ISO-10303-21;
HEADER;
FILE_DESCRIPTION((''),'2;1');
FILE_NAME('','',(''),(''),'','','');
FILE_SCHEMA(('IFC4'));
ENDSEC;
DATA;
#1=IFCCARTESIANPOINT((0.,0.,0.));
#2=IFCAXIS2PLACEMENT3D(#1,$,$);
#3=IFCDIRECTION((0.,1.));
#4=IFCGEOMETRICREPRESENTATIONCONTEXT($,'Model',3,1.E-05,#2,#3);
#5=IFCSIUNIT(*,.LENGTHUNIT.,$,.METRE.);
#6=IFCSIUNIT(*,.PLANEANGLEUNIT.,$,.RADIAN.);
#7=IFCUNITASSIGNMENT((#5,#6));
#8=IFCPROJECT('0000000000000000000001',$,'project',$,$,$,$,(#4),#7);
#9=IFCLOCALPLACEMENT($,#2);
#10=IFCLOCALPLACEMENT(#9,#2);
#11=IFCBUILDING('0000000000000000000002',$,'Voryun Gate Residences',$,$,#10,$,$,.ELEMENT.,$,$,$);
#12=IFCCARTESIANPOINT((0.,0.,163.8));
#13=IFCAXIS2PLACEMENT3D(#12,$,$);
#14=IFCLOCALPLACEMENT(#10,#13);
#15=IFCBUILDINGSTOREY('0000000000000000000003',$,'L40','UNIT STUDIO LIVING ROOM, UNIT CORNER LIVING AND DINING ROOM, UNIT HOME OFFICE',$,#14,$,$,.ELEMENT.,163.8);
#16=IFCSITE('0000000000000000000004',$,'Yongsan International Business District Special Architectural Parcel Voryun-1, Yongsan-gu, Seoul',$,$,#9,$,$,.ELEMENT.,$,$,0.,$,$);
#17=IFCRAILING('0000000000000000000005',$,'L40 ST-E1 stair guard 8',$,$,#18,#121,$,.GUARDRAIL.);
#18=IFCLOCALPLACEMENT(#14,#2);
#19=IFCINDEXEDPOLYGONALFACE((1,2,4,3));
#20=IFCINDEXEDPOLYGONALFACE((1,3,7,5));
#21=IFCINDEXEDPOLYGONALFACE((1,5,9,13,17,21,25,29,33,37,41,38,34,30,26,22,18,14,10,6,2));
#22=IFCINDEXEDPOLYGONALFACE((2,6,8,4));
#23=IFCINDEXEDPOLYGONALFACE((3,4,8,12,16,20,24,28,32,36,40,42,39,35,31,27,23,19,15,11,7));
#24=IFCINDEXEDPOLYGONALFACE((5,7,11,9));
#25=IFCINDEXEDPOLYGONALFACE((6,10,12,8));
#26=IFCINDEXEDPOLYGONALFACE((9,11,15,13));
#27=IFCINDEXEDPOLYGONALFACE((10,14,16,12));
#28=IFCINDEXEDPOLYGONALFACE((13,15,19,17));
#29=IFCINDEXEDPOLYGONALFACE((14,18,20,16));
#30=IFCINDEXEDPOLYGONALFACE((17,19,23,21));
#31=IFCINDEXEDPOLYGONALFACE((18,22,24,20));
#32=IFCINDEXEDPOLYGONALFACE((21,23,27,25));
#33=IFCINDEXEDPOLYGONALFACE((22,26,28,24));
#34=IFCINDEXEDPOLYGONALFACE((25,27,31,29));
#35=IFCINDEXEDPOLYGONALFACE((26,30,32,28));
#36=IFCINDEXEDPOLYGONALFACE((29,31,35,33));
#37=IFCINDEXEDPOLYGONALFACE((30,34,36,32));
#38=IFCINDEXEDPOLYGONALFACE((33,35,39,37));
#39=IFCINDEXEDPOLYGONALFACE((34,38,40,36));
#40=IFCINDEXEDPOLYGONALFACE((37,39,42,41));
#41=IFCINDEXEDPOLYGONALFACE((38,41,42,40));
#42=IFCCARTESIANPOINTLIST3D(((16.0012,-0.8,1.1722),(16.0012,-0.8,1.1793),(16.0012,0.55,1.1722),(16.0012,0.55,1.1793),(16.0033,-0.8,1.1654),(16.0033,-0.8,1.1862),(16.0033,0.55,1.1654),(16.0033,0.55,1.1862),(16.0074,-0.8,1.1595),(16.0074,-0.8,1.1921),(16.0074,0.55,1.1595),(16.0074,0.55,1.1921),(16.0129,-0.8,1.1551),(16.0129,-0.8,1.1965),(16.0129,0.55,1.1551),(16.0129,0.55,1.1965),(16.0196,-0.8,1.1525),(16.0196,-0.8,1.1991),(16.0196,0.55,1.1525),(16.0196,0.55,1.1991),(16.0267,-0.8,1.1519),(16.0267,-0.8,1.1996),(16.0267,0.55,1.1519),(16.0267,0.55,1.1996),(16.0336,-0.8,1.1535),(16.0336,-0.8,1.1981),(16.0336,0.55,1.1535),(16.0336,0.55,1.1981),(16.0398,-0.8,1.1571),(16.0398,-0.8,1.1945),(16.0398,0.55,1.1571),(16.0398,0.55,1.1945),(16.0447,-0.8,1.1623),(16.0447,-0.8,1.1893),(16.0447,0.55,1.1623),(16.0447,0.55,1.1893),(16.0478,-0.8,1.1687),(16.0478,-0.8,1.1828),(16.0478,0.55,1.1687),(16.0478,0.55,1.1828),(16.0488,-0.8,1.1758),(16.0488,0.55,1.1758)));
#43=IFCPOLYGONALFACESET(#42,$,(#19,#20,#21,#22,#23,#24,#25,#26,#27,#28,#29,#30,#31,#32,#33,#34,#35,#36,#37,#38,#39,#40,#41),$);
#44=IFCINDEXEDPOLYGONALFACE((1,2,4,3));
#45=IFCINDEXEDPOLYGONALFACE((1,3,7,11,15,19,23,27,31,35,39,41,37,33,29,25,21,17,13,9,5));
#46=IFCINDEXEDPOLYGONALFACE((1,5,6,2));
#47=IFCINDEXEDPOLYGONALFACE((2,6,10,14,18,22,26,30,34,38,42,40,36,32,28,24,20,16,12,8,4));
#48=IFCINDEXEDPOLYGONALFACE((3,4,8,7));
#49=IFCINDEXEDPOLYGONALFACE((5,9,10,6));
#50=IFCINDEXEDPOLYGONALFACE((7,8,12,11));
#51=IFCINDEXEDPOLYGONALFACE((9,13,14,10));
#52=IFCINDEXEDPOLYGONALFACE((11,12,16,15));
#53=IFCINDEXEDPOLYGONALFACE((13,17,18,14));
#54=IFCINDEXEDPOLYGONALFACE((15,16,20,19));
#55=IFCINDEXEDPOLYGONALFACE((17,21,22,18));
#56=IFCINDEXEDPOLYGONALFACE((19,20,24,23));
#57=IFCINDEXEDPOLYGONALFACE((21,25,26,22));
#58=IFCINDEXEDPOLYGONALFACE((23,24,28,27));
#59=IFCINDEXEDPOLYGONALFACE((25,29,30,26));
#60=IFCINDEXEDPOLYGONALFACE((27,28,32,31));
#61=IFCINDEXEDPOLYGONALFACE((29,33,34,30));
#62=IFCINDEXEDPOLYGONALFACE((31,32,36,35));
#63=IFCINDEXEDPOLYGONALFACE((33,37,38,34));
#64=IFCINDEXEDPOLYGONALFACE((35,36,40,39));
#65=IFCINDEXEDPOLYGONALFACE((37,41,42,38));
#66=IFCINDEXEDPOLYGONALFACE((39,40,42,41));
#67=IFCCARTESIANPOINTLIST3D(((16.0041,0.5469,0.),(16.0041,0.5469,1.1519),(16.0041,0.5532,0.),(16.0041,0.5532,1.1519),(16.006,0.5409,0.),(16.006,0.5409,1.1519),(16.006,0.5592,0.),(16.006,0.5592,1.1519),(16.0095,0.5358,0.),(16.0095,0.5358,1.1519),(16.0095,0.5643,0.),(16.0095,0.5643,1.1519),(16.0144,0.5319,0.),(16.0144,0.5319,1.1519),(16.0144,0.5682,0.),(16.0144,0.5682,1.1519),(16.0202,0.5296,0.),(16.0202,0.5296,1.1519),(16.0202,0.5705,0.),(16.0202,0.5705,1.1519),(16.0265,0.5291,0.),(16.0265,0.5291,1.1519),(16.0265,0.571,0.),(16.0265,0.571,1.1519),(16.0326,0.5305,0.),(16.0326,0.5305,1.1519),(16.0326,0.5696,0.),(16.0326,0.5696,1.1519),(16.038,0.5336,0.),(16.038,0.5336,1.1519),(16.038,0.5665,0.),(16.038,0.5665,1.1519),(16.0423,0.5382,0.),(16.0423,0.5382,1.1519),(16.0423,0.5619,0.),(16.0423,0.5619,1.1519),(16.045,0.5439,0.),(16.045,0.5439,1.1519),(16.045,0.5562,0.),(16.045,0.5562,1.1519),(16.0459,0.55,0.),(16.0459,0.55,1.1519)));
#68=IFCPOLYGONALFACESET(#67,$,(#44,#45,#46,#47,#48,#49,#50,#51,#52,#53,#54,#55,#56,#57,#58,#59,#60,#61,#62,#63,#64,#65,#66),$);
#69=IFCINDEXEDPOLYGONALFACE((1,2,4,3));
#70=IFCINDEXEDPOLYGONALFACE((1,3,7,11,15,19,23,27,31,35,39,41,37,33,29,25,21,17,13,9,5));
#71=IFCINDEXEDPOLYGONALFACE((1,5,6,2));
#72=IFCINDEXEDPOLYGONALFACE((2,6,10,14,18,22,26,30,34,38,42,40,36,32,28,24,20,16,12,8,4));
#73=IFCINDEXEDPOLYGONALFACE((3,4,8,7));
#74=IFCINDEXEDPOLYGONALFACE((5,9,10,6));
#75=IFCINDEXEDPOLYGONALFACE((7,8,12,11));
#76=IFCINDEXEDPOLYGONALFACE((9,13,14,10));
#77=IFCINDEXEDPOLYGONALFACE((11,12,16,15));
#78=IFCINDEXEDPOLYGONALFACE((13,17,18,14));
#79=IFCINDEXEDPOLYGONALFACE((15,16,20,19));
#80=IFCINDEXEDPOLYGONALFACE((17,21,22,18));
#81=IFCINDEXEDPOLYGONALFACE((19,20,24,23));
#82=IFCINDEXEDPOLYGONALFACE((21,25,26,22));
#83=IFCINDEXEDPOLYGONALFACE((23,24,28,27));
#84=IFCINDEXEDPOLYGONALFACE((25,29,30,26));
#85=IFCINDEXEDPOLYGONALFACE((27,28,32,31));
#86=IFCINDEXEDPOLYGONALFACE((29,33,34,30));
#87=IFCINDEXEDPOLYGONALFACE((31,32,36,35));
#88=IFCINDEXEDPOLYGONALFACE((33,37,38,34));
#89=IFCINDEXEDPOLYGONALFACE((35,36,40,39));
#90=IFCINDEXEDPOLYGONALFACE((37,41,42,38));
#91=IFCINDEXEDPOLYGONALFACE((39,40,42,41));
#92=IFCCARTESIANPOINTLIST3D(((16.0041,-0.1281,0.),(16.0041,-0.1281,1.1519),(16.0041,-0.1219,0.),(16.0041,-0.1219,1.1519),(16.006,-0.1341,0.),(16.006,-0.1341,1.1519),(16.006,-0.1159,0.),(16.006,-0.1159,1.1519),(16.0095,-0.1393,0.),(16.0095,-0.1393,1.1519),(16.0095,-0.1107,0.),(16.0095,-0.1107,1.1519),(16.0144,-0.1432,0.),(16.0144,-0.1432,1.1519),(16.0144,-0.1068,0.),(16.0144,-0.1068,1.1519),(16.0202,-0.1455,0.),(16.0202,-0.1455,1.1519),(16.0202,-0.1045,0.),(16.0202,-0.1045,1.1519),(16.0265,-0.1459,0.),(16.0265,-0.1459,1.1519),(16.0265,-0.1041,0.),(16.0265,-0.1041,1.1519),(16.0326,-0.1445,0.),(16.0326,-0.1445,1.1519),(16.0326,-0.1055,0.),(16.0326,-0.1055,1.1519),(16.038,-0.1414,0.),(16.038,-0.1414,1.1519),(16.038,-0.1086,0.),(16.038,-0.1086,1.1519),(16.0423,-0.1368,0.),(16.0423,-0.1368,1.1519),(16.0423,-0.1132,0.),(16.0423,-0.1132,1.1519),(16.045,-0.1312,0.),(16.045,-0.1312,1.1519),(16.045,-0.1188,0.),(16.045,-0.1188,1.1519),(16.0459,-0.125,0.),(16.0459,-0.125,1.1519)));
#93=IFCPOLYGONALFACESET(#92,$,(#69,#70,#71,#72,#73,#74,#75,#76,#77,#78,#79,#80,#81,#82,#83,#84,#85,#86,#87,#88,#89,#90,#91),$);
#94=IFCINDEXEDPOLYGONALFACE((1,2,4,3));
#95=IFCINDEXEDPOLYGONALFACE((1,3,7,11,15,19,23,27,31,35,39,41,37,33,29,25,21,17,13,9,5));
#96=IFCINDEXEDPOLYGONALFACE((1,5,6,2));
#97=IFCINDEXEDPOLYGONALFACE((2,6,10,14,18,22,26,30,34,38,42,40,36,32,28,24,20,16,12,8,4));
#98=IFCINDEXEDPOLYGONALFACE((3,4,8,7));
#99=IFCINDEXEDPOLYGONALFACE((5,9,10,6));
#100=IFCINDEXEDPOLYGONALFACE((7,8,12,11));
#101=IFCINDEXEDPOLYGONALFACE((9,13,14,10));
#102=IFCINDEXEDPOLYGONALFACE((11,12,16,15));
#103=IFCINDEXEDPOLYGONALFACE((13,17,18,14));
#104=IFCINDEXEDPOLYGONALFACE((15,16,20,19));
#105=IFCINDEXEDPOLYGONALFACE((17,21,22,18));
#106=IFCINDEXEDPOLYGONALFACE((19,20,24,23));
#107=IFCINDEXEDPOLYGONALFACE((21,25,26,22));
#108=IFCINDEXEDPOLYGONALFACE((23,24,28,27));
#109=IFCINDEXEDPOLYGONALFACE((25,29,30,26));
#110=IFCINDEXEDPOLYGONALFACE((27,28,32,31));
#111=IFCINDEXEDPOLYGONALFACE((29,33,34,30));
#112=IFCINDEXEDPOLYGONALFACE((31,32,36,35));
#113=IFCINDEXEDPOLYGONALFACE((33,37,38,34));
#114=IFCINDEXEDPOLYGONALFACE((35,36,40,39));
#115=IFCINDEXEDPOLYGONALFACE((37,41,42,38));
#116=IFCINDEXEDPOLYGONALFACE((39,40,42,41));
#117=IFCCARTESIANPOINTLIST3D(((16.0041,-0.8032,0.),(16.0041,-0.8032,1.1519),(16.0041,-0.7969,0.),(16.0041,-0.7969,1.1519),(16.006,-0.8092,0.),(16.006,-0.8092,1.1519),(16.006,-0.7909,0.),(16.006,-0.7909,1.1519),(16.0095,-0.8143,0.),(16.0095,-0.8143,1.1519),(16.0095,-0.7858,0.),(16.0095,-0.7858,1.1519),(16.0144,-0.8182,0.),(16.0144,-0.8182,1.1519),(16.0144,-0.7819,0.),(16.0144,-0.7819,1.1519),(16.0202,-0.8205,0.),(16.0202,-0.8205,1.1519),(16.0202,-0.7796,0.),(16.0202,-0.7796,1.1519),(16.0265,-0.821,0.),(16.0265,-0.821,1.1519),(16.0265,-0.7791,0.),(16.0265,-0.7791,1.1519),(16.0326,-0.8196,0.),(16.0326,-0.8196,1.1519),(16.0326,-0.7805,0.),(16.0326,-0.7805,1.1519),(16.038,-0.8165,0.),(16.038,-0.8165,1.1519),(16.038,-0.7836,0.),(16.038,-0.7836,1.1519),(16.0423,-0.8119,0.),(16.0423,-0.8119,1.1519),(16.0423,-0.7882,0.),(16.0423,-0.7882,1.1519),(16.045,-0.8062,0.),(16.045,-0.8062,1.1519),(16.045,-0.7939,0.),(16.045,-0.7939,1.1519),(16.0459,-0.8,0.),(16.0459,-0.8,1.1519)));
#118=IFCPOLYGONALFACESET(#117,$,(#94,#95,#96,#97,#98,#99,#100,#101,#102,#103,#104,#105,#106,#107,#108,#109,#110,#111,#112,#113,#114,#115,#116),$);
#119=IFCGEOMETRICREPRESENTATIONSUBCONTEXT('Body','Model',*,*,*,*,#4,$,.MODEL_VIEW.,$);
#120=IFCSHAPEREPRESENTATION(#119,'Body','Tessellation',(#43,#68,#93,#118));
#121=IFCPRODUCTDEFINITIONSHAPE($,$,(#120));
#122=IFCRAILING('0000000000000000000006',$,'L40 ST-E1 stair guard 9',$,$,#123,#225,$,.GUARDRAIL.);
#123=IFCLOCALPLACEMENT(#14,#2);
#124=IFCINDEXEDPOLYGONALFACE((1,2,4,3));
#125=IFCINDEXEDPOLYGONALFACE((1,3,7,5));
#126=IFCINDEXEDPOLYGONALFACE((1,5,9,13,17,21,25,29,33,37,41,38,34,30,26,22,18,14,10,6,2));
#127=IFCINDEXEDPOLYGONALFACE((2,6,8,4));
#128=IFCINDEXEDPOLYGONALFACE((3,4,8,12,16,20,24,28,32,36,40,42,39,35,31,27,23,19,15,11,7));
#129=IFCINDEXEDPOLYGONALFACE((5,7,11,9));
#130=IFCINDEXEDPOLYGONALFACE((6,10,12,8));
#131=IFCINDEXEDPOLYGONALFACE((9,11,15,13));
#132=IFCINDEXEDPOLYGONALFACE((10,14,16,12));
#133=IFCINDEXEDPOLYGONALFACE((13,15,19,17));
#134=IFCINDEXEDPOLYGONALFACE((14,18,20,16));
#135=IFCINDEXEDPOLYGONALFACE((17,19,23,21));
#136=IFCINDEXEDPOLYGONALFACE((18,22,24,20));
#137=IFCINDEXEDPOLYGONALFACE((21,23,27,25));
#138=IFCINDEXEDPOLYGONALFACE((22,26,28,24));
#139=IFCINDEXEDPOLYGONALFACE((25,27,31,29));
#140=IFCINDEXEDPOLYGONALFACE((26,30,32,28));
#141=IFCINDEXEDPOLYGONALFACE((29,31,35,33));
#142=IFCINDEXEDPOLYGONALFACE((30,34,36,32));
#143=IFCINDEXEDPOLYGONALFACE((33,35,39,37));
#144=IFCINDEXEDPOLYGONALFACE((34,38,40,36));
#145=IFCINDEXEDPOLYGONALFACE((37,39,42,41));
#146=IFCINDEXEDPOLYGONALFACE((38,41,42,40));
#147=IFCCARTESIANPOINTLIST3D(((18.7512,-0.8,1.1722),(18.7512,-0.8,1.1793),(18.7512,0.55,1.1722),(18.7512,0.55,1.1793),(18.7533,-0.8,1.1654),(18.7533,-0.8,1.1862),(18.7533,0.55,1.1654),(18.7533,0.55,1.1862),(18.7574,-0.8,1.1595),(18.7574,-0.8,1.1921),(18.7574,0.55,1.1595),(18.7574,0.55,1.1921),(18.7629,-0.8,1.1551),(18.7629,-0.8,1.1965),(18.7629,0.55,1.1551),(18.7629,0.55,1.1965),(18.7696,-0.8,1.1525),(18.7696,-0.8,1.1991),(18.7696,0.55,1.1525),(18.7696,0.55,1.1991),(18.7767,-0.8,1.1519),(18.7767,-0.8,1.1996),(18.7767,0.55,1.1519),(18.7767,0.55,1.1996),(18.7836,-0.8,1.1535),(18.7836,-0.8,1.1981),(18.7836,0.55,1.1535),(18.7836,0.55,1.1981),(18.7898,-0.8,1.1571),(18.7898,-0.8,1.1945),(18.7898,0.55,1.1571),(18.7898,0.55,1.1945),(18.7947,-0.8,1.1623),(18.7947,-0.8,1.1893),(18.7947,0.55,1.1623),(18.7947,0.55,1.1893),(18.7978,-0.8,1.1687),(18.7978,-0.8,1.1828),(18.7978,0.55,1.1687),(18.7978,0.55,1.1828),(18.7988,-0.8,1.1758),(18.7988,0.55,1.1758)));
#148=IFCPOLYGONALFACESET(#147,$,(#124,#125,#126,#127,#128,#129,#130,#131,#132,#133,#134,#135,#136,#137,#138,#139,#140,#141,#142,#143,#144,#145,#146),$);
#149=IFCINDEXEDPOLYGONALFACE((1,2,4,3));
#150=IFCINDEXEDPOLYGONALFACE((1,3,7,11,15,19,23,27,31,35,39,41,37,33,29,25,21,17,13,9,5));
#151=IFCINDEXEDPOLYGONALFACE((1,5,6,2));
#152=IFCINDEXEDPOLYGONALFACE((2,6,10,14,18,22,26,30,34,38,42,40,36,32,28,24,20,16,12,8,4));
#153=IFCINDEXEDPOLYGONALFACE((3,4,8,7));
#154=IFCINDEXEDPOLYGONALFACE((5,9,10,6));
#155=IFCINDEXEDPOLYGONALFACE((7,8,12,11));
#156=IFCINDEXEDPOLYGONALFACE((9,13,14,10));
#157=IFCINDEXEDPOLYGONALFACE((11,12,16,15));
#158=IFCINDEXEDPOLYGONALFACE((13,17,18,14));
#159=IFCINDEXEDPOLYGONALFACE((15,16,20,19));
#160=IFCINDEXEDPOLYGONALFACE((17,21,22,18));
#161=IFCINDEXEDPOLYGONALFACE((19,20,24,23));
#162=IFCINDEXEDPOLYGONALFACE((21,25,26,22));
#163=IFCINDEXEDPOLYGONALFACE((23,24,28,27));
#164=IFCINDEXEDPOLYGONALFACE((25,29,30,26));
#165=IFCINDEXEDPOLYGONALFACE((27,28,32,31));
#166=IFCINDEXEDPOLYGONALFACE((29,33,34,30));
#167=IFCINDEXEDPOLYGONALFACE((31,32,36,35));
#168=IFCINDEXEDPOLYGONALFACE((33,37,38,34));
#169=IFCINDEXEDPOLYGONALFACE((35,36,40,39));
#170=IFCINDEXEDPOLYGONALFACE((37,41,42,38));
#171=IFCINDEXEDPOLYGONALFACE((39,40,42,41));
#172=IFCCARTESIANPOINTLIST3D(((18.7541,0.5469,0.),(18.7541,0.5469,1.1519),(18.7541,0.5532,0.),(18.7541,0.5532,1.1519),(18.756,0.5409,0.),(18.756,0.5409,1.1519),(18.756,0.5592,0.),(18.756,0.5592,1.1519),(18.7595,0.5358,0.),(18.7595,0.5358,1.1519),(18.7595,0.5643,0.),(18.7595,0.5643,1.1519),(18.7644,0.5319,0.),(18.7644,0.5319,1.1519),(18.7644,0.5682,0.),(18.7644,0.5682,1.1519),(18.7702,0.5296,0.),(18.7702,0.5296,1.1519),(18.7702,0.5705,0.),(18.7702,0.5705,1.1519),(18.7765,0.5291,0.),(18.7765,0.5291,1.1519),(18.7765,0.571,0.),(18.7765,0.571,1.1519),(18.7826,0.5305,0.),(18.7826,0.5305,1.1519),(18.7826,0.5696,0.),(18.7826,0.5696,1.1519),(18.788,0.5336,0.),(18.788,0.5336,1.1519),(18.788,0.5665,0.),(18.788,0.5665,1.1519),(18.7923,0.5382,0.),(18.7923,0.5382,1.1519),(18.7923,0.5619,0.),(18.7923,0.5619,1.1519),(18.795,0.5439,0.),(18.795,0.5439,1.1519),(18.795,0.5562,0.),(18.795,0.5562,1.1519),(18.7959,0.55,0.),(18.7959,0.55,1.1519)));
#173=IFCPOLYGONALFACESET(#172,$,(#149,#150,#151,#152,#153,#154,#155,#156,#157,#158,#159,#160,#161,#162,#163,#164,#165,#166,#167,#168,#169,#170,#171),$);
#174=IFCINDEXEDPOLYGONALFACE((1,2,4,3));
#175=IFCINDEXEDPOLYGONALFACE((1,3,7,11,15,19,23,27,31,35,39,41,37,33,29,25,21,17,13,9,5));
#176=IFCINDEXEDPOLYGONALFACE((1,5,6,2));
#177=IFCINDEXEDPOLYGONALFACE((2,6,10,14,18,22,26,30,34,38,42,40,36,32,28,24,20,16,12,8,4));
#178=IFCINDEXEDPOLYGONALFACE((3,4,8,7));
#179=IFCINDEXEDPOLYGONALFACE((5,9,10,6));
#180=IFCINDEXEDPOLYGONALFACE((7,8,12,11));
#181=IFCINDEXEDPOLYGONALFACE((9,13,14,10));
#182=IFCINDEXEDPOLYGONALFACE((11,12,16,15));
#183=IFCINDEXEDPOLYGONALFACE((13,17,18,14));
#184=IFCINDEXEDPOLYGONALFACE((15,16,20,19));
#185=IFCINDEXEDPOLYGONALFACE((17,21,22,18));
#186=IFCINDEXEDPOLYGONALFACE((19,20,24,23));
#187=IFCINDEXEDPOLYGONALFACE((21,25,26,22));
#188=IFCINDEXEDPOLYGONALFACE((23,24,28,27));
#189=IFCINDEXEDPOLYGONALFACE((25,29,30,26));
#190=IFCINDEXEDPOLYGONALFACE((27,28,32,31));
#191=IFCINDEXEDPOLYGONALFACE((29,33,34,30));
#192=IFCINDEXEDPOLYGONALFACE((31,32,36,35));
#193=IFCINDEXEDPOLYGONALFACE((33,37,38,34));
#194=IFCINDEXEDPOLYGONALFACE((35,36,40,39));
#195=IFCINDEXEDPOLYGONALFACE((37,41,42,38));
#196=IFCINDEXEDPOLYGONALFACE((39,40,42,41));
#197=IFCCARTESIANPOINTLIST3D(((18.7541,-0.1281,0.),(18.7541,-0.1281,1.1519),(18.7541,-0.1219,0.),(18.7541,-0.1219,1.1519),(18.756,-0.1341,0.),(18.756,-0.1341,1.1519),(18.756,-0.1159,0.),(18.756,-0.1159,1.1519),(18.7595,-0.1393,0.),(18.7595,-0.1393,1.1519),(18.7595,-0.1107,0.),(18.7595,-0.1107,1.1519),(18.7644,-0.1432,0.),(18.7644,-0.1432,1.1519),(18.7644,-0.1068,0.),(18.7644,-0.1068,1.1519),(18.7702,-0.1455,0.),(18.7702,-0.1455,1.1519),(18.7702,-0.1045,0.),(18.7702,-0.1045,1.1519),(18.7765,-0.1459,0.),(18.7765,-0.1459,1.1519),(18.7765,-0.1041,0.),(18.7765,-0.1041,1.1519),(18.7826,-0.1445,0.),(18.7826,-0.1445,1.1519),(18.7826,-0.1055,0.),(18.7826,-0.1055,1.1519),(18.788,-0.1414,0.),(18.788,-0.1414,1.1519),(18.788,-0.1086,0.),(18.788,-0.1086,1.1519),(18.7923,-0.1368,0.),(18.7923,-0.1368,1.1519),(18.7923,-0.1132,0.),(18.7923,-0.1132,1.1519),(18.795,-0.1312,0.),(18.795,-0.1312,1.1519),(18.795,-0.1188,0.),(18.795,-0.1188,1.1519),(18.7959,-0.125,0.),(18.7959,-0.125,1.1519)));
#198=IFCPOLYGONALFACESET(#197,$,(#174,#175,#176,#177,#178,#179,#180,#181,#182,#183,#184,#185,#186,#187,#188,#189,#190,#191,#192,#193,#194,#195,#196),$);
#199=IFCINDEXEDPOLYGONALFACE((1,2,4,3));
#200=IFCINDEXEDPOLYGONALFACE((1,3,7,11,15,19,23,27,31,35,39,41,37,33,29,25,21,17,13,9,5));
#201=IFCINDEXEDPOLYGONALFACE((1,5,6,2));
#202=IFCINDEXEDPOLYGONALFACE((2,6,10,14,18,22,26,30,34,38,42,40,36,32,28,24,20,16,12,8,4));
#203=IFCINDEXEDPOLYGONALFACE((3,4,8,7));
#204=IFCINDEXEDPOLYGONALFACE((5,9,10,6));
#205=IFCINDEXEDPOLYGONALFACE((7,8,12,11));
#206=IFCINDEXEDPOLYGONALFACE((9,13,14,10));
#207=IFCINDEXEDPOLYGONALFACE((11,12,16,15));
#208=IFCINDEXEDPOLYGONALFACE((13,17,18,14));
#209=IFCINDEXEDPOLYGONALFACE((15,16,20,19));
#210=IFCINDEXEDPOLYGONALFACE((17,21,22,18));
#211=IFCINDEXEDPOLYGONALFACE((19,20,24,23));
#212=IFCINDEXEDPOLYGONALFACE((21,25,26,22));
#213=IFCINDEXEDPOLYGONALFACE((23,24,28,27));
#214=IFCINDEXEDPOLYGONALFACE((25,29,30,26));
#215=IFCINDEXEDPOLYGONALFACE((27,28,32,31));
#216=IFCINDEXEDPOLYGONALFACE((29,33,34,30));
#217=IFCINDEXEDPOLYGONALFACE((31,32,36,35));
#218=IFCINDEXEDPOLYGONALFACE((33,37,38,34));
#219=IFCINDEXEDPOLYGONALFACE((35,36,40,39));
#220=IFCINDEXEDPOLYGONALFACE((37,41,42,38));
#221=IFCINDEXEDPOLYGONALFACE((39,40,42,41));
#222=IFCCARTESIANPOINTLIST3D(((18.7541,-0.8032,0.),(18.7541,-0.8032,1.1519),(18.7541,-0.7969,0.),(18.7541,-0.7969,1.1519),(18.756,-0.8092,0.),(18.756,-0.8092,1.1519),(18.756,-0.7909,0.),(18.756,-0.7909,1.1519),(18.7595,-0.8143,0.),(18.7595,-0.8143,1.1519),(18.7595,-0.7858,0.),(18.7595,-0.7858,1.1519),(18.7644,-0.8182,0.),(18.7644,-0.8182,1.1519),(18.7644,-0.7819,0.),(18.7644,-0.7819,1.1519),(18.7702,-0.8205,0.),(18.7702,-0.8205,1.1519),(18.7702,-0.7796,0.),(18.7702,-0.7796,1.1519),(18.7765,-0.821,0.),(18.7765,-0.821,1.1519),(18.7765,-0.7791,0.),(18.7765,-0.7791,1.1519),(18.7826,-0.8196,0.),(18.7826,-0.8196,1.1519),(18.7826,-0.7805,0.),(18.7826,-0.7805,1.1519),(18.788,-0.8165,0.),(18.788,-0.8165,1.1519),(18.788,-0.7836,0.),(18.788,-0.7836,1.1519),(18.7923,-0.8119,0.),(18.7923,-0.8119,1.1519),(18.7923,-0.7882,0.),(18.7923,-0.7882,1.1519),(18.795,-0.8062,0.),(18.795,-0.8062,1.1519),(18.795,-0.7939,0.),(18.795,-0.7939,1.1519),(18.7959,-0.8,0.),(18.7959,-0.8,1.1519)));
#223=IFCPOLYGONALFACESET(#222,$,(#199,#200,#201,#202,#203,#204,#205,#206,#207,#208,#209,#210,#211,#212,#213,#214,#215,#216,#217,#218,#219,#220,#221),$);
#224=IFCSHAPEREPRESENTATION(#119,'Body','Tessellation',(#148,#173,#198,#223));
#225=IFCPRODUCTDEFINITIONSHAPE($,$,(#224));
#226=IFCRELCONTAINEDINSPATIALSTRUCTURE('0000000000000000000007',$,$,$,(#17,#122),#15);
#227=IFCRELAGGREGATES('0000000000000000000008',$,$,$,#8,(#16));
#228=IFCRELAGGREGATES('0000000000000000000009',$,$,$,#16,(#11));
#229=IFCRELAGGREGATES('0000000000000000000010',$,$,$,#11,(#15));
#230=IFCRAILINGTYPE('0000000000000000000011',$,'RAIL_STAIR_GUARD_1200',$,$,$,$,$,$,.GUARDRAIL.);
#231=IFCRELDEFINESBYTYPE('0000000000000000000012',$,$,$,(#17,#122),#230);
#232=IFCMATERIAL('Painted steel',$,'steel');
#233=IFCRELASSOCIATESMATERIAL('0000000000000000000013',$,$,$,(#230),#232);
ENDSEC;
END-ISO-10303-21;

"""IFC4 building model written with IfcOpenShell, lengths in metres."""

from ifc_helpers import new_model, si_unit, direction, frame, origin, origin_2d, place, context, subcontext, project, spatial, circle, extrude, material, type_object, element, save


model = new_model("IFC4")

# Units and contexts
model_context = context("Model", 3, precision=1e-05, world=origin(), true_north=direction((0.0, 1.0)))
body_context = subcontext(model_context, "Body", "Model", "MODEL_VIEW")
ifc_project = project(units=[si_unit("LENGTHUNIT", "METRE"), si_unit("PLANEANGLEUNIT", "RADIAN")], contexts=[model_context])

# Site, building, storey
site_placement = place(None, origin())
site = spatial("IfcSite", under=ifc_project, at=site_placement, Name="Yongsan International Business District Special Architectural Parcel Voryun-1, Yongsan-gu, Seoul", CompositionType="ELEMENT", RefElevation=0.0)
building_placement = place(site_placement, origin())
building = spatial("IfcBuilding", under=site, at=building_placement, Name="Voryun Gate Residences", CompositionType="ELEMENT")
storey_placement = place(building_placement, frame((0.0, 0.0, 163.8)))
storey = spatial("IfcBuildingStorey", under=building, at=storey_placement, Name="L40", Description="UNIT STUDIO LIVING ROOM, UNIT CORNER LIVING AND DINING ROOM, UNIT HOME OFFICE", CompositionType="ELEMENT", Elevation=163.8)

# Railings
ifc_material_1 = material(Name="Painted steel", Category="steel")
railing_type = type_object("IfcRailingType", Name="RAIL_STAIR_GUARD_1200", PredefinedType="GUARDRAIL", material=ifc_material_1)
for number, where, name in (
    (1, (16.0249, 0.55, 0.0), "L40 ST-E1 stair guard 8"),
    (2, (18.7749, 0.55, 0.0), "L40 ST-E1 stair guard 9"),
):
    element("IfcRailing", number, at=place(storey_placement, frame(where)), inside=storey, type_object=railing_type, Name=name, PredefinedType="GUARDRAIL", context=body_context, shape_type="SweptSolid", body=[
        extrude(circle(Radius=0.0239, at=origin_2d()), frame((0.0, 0.0, 1.1758), z_axis=(0.0, -1.0, 0.0), x_axis=(1.0, 0.0, 0.0)), (0.0, 0.0, 1.0), 1.3501),
        extrude(circle(Radius=0.021, at=origin_2d()), origin(), (0.0, 0.0, 1.0), 1.1519),
        extrude(circle(Radius=0.021, at=origin_2d()), frame((0.0, -0.675, 0.0)), (0.0, 0.0, 1.0), 1.1519),
        extrude(circle(Radius=0.021, at=origin_2d()), frame((0.0, -1.3501, 0.0)), (0.0, 0.0, 1.0), 1.1519),
    ])

save(model, "model.ifc")
